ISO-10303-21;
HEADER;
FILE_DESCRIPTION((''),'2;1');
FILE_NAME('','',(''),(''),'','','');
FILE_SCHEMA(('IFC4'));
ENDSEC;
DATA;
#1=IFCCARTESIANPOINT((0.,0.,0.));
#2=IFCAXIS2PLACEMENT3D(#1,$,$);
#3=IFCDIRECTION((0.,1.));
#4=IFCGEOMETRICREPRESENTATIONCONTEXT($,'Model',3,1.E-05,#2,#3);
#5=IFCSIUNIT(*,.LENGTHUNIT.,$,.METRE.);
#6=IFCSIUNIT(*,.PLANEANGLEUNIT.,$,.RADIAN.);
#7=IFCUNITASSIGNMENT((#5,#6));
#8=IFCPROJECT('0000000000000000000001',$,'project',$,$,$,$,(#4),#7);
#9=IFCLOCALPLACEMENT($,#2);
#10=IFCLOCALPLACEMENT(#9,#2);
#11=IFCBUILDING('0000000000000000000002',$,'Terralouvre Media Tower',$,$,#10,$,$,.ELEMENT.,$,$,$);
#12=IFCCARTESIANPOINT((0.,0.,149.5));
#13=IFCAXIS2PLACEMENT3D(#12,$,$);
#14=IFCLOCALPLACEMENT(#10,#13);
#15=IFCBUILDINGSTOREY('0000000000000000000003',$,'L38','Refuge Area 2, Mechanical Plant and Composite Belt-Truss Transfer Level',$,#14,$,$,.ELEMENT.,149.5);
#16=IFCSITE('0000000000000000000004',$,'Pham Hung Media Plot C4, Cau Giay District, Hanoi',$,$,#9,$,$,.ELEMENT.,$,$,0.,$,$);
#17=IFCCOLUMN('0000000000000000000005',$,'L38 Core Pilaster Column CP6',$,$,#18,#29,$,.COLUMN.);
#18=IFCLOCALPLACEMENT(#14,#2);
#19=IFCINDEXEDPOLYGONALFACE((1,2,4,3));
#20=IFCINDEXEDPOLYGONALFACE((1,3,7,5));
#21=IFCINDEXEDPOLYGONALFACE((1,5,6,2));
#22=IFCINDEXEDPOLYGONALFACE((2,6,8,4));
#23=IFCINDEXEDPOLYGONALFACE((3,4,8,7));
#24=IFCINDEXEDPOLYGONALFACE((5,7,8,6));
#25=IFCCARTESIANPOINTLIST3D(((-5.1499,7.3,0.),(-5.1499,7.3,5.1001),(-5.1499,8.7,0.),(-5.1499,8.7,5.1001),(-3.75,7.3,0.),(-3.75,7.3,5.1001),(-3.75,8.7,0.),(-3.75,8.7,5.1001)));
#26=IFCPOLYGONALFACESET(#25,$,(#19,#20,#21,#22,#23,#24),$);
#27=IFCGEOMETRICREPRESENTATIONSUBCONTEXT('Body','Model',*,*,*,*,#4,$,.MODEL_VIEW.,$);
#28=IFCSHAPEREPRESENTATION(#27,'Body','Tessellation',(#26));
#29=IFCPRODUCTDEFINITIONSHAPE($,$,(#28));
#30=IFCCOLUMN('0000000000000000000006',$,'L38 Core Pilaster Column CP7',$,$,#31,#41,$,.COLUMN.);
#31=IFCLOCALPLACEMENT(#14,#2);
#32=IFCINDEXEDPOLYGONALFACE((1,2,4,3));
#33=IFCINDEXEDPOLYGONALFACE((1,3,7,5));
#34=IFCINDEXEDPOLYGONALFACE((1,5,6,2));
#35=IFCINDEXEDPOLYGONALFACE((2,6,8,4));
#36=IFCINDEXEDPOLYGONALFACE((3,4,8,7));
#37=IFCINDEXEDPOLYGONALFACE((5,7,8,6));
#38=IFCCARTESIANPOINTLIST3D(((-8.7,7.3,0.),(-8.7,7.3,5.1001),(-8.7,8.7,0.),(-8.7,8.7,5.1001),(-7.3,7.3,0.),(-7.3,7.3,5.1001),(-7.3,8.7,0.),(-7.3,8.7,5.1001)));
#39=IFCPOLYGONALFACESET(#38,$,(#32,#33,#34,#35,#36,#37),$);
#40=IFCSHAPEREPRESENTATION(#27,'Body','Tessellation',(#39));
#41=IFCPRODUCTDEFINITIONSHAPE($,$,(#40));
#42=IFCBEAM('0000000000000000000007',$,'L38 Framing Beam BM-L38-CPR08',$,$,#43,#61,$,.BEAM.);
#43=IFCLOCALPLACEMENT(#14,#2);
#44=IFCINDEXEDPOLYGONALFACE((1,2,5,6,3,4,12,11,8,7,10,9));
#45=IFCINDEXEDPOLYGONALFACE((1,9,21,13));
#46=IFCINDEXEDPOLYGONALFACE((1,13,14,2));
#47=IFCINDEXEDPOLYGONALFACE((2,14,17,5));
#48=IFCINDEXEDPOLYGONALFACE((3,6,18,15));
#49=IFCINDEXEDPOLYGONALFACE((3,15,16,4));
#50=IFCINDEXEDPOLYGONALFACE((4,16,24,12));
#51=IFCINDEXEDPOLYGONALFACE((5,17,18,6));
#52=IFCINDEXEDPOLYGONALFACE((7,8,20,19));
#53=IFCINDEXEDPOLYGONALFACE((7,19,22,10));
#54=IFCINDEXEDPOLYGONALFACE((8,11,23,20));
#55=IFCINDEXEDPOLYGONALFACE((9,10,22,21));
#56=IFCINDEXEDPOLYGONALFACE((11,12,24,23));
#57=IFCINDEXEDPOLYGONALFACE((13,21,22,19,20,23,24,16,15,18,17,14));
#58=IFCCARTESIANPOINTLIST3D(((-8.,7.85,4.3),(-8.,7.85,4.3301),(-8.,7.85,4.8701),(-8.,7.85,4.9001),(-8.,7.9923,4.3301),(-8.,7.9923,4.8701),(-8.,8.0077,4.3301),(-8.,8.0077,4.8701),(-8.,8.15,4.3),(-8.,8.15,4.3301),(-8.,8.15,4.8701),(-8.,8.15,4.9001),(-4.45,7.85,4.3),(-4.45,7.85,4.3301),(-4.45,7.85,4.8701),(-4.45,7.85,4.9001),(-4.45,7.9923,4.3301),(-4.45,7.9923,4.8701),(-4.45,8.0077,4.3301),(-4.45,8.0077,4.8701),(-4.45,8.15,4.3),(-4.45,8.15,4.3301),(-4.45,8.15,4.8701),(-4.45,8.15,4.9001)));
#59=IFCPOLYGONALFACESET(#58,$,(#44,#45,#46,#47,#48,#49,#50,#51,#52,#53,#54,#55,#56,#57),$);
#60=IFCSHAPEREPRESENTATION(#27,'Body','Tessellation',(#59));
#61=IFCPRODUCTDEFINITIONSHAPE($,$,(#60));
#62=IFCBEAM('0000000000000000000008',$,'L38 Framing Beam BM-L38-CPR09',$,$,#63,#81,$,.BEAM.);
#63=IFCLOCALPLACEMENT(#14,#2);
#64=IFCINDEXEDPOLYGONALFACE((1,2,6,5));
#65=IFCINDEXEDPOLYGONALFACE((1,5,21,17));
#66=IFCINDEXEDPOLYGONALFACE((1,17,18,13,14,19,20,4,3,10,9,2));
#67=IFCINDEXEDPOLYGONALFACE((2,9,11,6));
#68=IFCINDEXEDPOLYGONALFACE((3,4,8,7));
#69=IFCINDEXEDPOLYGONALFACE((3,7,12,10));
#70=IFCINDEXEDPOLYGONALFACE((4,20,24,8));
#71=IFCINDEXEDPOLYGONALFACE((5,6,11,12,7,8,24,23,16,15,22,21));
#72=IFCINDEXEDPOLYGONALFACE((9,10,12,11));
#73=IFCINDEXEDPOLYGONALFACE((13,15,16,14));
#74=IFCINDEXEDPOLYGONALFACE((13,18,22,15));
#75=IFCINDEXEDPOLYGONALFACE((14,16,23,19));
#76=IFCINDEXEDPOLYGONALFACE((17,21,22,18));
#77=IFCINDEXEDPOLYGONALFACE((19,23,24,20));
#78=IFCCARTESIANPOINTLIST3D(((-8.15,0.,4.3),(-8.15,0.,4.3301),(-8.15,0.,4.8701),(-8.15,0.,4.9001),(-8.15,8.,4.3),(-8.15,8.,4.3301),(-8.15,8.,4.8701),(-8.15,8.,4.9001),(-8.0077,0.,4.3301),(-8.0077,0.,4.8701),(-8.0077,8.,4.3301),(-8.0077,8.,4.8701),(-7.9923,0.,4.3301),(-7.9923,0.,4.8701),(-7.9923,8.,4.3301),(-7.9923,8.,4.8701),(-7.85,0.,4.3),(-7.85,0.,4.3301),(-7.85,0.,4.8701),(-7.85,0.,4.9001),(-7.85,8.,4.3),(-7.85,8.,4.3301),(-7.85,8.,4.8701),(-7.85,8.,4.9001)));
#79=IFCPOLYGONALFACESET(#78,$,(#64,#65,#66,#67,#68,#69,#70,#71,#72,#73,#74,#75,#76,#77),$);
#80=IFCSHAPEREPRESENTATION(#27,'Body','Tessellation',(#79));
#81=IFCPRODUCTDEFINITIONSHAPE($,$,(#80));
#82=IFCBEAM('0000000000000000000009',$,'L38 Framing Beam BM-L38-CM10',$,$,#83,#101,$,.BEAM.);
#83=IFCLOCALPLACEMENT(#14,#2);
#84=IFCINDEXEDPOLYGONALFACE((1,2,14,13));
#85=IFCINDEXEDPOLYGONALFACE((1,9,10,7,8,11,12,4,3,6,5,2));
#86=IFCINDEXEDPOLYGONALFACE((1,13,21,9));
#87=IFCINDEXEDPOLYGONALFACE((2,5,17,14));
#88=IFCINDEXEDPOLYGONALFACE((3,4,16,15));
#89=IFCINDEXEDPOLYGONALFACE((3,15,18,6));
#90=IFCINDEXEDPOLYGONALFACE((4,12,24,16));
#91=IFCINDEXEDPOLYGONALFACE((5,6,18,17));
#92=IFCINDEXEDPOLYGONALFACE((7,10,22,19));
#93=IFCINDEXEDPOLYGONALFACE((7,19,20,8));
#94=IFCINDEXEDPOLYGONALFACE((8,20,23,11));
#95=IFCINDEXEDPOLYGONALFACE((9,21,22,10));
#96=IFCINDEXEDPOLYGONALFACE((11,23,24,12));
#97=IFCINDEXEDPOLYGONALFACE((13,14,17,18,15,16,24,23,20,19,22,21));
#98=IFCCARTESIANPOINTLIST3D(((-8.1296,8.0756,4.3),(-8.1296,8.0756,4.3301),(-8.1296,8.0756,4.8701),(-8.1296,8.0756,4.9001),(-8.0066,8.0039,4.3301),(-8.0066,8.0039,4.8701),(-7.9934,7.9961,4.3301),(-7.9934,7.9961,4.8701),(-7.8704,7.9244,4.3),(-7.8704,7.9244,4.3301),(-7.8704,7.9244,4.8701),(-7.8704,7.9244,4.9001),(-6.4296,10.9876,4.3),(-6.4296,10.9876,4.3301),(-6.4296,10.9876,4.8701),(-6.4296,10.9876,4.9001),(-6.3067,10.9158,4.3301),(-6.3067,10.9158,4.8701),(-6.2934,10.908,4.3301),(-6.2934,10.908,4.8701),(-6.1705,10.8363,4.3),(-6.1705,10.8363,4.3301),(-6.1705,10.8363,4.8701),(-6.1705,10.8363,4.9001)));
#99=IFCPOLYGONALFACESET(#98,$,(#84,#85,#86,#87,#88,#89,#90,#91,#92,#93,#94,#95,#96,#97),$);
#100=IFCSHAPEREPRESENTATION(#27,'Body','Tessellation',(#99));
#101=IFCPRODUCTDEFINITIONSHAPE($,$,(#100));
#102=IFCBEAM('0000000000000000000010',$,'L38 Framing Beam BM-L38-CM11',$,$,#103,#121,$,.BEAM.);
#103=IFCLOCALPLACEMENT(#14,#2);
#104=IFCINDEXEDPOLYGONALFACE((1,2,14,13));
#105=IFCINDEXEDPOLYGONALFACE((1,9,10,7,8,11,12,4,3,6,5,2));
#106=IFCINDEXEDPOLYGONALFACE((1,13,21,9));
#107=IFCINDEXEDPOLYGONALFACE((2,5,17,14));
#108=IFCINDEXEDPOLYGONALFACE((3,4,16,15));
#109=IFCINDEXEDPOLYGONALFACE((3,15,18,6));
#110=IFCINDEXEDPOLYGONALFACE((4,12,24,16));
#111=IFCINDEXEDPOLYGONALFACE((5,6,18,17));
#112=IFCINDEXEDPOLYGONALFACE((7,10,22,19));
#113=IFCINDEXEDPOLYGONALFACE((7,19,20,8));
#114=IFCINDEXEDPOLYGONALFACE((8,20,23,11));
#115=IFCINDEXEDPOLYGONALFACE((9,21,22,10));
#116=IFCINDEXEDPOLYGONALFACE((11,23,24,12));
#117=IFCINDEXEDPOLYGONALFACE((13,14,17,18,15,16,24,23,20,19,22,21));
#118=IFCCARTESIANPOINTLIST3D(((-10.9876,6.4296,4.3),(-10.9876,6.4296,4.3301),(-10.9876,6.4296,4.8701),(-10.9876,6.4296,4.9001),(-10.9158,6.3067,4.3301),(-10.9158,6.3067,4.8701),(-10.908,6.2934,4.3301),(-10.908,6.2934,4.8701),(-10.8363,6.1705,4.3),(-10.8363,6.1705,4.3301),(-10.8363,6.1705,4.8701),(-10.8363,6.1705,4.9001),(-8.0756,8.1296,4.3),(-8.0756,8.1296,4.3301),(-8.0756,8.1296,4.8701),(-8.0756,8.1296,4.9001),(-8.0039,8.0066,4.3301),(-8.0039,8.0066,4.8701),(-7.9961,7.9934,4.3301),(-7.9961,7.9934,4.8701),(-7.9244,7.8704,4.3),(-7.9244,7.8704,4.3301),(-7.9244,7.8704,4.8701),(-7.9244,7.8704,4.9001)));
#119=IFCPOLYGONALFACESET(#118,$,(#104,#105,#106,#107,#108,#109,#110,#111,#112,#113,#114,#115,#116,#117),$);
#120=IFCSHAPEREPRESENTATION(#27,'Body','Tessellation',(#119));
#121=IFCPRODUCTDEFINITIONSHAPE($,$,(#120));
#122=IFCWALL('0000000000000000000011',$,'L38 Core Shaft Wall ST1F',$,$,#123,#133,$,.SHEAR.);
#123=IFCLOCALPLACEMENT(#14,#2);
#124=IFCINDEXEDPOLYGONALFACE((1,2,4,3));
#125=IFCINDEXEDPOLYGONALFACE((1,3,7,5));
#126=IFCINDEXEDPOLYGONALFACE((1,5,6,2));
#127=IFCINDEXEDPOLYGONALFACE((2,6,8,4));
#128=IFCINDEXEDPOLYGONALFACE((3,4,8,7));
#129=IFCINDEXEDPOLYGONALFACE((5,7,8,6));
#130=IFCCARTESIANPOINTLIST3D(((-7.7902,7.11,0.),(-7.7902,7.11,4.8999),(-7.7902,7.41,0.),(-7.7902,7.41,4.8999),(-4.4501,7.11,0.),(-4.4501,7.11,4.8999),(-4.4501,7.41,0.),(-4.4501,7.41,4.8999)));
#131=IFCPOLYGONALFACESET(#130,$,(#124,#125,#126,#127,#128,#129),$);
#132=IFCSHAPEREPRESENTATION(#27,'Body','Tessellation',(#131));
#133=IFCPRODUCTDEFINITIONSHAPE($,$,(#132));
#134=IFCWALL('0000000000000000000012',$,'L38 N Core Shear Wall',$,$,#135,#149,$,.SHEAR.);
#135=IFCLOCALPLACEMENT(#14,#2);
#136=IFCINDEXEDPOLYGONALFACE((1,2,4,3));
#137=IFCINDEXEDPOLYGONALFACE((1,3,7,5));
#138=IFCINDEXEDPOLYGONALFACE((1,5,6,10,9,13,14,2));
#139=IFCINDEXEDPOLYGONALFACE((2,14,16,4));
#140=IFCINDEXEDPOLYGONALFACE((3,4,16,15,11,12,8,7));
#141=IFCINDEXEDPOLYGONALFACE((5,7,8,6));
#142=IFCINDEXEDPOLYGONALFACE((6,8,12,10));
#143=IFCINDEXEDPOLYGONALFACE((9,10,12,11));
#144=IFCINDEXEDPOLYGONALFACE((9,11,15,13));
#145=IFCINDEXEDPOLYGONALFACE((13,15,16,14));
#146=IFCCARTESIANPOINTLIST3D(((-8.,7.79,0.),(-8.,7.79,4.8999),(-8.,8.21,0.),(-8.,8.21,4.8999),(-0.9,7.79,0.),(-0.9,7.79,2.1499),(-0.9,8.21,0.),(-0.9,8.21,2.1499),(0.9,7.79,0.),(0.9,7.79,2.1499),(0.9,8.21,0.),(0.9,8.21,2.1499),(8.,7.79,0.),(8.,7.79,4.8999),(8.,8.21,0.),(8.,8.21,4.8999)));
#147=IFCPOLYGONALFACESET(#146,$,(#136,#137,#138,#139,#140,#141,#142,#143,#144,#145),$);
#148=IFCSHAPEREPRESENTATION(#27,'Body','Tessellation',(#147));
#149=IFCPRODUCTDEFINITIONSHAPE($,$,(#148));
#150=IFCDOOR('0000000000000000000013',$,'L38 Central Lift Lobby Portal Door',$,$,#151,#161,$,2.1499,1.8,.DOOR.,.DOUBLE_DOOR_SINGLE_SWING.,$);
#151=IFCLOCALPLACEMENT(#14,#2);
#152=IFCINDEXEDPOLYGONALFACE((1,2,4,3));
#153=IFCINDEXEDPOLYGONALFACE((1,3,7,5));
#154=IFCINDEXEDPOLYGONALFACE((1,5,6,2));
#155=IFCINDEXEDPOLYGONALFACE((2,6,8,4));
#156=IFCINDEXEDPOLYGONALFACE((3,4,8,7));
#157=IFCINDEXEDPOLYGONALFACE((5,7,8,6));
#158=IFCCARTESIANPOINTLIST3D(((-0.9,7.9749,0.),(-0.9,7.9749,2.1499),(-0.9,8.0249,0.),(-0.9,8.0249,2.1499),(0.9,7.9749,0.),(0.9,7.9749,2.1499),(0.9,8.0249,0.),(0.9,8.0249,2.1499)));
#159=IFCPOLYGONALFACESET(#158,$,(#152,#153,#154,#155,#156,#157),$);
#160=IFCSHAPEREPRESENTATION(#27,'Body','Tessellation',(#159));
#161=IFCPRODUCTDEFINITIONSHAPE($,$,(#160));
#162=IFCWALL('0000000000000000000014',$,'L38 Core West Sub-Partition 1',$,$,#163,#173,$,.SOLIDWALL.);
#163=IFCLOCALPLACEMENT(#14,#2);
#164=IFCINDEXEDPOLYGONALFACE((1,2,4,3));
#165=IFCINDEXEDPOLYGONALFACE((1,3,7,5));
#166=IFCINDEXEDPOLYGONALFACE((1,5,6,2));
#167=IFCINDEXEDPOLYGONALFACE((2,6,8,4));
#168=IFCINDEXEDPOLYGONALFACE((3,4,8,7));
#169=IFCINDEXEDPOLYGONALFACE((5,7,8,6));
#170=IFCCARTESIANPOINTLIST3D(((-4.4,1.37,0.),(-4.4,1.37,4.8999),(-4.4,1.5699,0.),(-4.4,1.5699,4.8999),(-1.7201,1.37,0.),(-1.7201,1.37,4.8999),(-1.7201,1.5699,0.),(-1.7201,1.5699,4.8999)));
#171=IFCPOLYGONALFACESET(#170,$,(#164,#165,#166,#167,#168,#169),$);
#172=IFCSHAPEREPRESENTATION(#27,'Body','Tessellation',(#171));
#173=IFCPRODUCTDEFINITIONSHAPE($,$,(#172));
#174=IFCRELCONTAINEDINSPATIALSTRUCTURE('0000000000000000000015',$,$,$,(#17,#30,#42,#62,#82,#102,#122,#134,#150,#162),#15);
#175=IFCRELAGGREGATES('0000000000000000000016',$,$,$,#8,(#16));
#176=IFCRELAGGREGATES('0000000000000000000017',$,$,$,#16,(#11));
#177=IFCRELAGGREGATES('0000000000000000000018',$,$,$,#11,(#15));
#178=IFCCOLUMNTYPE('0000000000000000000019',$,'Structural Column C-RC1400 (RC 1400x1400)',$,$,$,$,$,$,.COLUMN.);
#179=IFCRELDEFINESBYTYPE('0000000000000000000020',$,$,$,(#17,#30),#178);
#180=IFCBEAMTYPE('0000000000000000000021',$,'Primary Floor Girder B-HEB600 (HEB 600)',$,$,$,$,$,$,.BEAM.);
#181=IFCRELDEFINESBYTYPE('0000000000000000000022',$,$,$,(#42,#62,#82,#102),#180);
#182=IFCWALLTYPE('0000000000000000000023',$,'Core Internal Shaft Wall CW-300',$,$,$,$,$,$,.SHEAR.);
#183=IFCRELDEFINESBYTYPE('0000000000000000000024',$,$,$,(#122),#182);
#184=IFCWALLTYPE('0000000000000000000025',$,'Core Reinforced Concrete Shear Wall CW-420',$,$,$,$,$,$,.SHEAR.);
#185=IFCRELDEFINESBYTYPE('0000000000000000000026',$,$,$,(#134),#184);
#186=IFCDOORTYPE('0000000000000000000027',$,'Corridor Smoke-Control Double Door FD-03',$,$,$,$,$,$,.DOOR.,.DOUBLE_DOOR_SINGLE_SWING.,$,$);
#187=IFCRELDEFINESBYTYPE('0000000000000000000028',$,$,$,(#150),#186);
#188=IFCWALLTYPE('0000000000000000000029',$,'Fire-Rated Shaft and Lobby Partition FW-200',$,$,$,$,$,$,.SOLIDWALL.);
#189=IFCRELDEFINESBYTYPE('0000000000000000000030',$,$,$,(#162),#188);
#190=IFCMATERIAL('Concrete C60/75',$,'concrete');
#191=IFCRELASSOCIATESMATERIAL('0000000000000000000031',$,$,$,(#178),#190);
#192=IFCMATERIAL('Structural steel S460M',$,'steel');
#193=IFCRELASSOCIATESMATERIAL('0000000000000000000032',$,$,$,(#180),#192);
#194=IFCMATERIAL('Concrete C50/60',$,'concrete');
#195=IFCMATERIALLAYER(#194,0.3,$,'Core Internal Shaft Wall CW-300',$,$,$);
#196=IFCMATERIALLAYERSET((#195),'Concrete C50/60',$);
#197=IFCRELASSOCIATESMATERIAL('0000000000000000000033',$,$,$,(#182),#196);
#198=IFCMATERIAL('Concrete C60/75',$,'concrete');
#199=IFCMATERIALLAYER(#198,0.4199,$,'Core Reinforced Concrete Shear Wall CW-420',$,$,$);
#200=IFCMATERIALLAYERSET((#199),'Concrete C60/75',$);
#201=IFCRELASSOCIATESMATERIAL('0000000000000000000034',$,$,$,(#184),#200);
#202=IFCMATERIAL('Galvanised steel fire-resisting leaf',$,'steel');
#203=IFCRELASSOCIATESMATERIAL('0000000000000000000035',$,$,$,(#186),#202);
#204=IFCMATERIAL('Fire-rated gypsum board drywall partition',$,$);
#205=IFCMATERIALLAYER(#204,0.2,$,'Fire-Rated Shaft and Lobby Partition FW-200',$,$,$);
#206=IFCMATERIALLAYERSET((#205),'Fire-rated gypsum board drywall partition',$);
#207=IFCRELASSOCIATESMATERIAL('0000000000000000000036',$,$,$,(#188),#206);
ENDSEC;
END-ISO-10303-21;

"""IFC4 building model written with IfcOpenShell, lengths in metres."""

from ifc_helpers import new_model, si_unit, direction, frame, frame_2d, origin, origin_2d, place, context, subcontext, project, spatial, rectangle, i_section, extrude, material, layer, layer_set, material_profile, profile_set, type_object, element, fill, save


model = new_model("IFC4")

# Units and contexts
model_context = context("Model", 3, precision=1e-05, world=origin(), true_north=direction((0.0, 1.0)))
body_context = subcontext(model_context, "Body", "Model", "MODEL_VIEW")
ifc_project = project(units=[si_unit("LENGTHUNIT", "METRE"), si_unit("PLANEANGLEUNIT", "RADIAN")], contexts=[model_context])

# Site, building, storey
site_placement = place(None, origin())
site = spatial("IfcSite", under=ifc_project, at=site_placement, Name="Pham Hung Media Plot C4, Cau Giay District, Hanoi", CompositionType="ELEMENT", RefElevation=0.0)
building_placement = place(site_placement, origin())
building = spatial("IfcBuilding", under=site, at=building_placement, Name="Terralouvre Media Tower", CompositionType="ELEMENT")
storey_placement = place(building_placement, frame((0.0, 0.0, 149.5)))
storey = spatial("IfcBuildingStorey", under=building, at=storey_placement, Name="L38", Description="Refuge Area 2, Mechanical Plant and Composite Belt-Truss Transfer Level", CompositionType="ELEMENT", Elevation=149.5)

# Columns
ifc_material_1 = material(Name="Concrete C60/75", Category="concrete")
ifc_material_profile_1 = material_profile(ifc_material_1, rectangle(XDim=1.3999, YDim=1.3999, at=origin_2d()), Name="RC 1400x1400")
ifc_profile_set_1 = profile_set([ifc_material_profile_1], Name="Concrete C60/75")
column_type = type_object("IfcColumnType", Name="Structural Column C-RC1400 (RC 1400x1400)", PredefinedType="COLUMN", material=ifc_profile_set_1)
for number, where, z_axis, x_axis, name in (
    (1, (-4.45, 8.0, 0.0), (0.0, 0.0, 1.0), (1.0, 0.0, 0.0), "L38 Core Pilaster Column CP6"),
    (2, (-8.0, 8.0, 0.0), (0.0, 0.0, 1.0), (1.0, 0.0, 0.0), "L38 Core Pilaster Column CP7"),
):
    element("IfcColumn", number, at=place(storey_placement, frame(where, z_axis=z_axis, x_axis=x_axis)), inside=storey, type_object=column_type, Name=name, PredefinedType="COLUMN", context=body_context, shape_type="SweptSolid", body=[
        extrude(rectangle(XDim=1.3999, YDim=1.3999, at=origin_2d()), origin(), (0.0, 0.0, 1.0), 5.1001),
    ])

# Beams
ifc_material_2 = material(Name="Structural steel S460M", Category="steel")
ifc_material_profile_2 = material_profile(ifc_material_2, i_section(OverallWidth=0.3, OverallDepth=0.6001, WebThickness=0.0154, FlangeThickness=0.03, at=origin_2d()), Name="HEB 600")
ifc_profile_set_2 = profile_set([ifc_material_profile_2], Name="Structural steel S460M")
beam_type = type_object("IfcBeamType", Name="Primary Floor Girder B-HEB600 (HEB 600)", PredefinedType="BEAM", material=ifc_profile_set_2)
beam_1_placement = place(storey_placement, frame((-4.45, 8.0, 4.6001), z_axis=(-1.0, 0.0, 0.0), x_axis=(0.0, -1.0, 0.0)))
element("IfcBeam", 3, at=beam_1_placement, inside=storey, type_object=beam_type, Name="L38 Framing Beam BM-L38-CPR08", PredefinedType="BEAM", context=body_context, shape_type="SweptSolid", body=[
    extrude(i_section(OverallWidth=0.3, OverallDepth=0.6001, WebThickness=0.0154, FlangeThickness=0.03, at=origin_2d()), origin(), (0.0, 0.0, 1.0), 3.55),
])
beam_2_placement = place(storey_placement, frame((-8.0, 8.0, 4.6001), z_axis=(0.0, -1.0, 0.0), x_axis=(1.0, 0.0, 0.0)))
element("IfcBeam", 4, at=beam_2_placement, inside=storey, type_object=beam_type, Name="L38 Framing Beam BM-L38-CPR09", PredefinedType="BEAM", context=body_context, shape_type="SweptSolid", body=[
    extrude(i_section(OverallWidth=0.3, OverallDepth=0.6001, WebThickness=0.0154, FlangeThickness=0.03, at=origin_2d()), origin(), (0.0, 0.0, 1.0), 8.0),
])
for number, where, z_axis, x_axis, name in (
    (5, (-8.0, 8.0, 4.6001), (0.504173, 0.863603, 0.0), (-0.863603, 0.504173, 0.0), "L38 Framing Beam BM-L38-CM10"),
    (6, (-8.0, 8.0, 4.6001), (-0.863603, -0.504173, 0.0), (0.504173, -0.863603, 0.0), "L38 Framing Beam BM-L38-CM11"),
):
    element("IfcBeam", number, at=place(storey_placement, frame(where, z_axis=z_axis, x_axis=x_axis)), inside=storey, type_object=beam_type, Name=name, PredefinedType="BEAM", context=body_context, shape_type="SweptSolid", body=[
        extrude(i_section(OverallWidth=0.3, OverallDepth=0.6001, WebThickness=0.0154, FlangeThickness=0.03, at=origin_2d()), origin(), (0.0, 0.0, 1.0), 3.3718),
    ])

# Shared definitions
ifc_material_3 = material(Name="Concrete C50/60", Category="concrete")
ifc_layer_1 = layer(ifc_material_3, 0.3, Name="Core Internal Shaft Wall CW-300")
ifc_layer_set_1 = layer_set([ifc_layer_1], Name="Concrete C50/60")
wall_type_1 = type_object("IfcWallType", Name="Core Internal Shaft Wall CW-300", PredefinedType="SHEAR", material=ifc_layer_set_1)

# Wall
wall_1_placement = place(storey_placement, frame((-7.79, 7.26, 0.0), z_axis=(0.0, 0.0, 1.0), x_axis=(1.0, 0.0, 0.0)))
element("IfcWall", 7, at=wall_1_placement, inside=storey, type_object=wall_type_1, Name="L38 Core Shaft Wall ST1F", PredefinedType="SHEAR", context=body_context, shape_type="SweptSolid", body=[
    extrude(rectangle(XDim=3.3401, YDim=0.3, at=frame_2d((1.6699, 0.0))), origin(), (0.0, 0.0, 1.0), 4.8999),
])

# Wall, opening, door
ifc_material_4 = material(Name="Concrete C60/75", Category="concrete")
ifc_layer_2 = layer(ifc_material_4, 0.4199, Name="Core Reinforced Concrete Shear Wall CW-420")
ifc_layer_set_2 = layer_set([ifc_layer_2], Name="Concrete C60/75")
wall_type_2 = type_object("IfcWallType", Name="Core Reinforced Concrete Shear Wall CW-420", PredefinedType="SHEAR", material=ifc_layer_set_2)
wall_2_placement = place(storey_placement, frame((-8.0, 8.0, 0.0), z_axis=(0.0, 0.0, 1.0), x_axis=(1.0, 0.0, 0.0)))
wall_2 = element("IfcWall", 8, at=wall_2_placement, inside=storey, type_object=wall_type_2, Name="L38 N Core Shear Wall", PredefinedType="SHEAR", context=body_context, shape_type="SweptSolid", body=[
    extrude(rectangle(XDim=16.0, YDim=0.4199, at=frame_2d((8.0, 0.0))), origin(), (0.0, 0.0, 1.0), 4.8999),
])
opening_1_placement = place(wall_2_placement, frame((7.1001, 0.0, 0.0)))
opening_1 = element("IfcOpeningElement", 9, at=opening_1_placement, cuts=wall_2, PredefinedType="OPENING", context=body_context, shape_type="SweptSolid", body=[
    extrude(rectangle(XDim=1.8, YDim=2.1499, at=frame_2d((0.8999, 1.075))), frame((0.0, 0.22, 0.0), z_axis=(0.0, -1.0, 0.0), x_axis=(1.0, 0.0, 0.0)), (0.0, 0.0, 1.0), 0.4399),
])
ifc_material_5 = material(Name="Galvanised steel fire-resisting leaf", Category="steel")
door_type_1 = type_object("IfcDoorType", Name="Corridor Smoke-Control Double Door FD-03", OperationType="DOUBLE_DOOR_SINGLE_SWING", PredefinedType="DOOR", material=ifc_material_5)
door_1_placement = place(opening_1_placement, origin())
door_1 = element("IfcDoor", 10, at=door_1_placement, inside=storey, type_object=door_type_1, Name="L38 Central Lift Lobby Portal Door", OperationType="DOUBLE_DOOR_SINGLE_SWING", OverallHeight=2.1499, OverallWidth=1.8, PredefinedType="DOOR", context=body_context, shape_type="SweptSolid", body=[
    extrude(rectangle(XDim=1.8, YDim=2.1499, at=frame_2d((0.8999, 1.075))), frame((0.0, 0.0249, 0.0), z_axis=(0.0, -1.0, 0.0), x_axis=(1.0, 0.0, 0.0)), (0.0, 0.0, 1.0), 0.05),
])
fill(opening_1, door_1)

# Wall
ifc_material_6 = material(Name="Fire-rated gypsum board drywall partition")
ifc_layer_3 = layer(ifc_material_6, 0.2, Name="Fire-Rated Shaft and Lobby Partition FW-200")
ifc_layer_set_3 = layer_set([ifc_layer_3], Name="Fire-rated gypsum board drywall partition")
wall_type_3 = type_object("IfcWallType", Name="Fire-Rated Shaft and Lobby Partition FW-200", PredefinedType="SOLIDWALL", material=ifc_layer_set_3)
wall_3_placement = place(storey_placement, frame((-4.3999, 1.47, 0.0), z_axis=(0.0, 0.0, 1.0), x_axis=(1.0, 0.0, 0.0)))
element("IfcWall", 11, at=wall_3_placement, inside=storey, type_object=wall_type_3, Name="L38 Core West Sub-Partition 1", PredefinedType="SOLIDWALL", context=body_context, shape_type="SweptSolid", body=[
    extrude(rectangle(XDim=2.6799, YDim=0.2, at=frame_2d((1.3398, 0.0))), origin(), (0.0, 0.0, 1.0), 4.8999),
])

save(model, "model.ifc")
